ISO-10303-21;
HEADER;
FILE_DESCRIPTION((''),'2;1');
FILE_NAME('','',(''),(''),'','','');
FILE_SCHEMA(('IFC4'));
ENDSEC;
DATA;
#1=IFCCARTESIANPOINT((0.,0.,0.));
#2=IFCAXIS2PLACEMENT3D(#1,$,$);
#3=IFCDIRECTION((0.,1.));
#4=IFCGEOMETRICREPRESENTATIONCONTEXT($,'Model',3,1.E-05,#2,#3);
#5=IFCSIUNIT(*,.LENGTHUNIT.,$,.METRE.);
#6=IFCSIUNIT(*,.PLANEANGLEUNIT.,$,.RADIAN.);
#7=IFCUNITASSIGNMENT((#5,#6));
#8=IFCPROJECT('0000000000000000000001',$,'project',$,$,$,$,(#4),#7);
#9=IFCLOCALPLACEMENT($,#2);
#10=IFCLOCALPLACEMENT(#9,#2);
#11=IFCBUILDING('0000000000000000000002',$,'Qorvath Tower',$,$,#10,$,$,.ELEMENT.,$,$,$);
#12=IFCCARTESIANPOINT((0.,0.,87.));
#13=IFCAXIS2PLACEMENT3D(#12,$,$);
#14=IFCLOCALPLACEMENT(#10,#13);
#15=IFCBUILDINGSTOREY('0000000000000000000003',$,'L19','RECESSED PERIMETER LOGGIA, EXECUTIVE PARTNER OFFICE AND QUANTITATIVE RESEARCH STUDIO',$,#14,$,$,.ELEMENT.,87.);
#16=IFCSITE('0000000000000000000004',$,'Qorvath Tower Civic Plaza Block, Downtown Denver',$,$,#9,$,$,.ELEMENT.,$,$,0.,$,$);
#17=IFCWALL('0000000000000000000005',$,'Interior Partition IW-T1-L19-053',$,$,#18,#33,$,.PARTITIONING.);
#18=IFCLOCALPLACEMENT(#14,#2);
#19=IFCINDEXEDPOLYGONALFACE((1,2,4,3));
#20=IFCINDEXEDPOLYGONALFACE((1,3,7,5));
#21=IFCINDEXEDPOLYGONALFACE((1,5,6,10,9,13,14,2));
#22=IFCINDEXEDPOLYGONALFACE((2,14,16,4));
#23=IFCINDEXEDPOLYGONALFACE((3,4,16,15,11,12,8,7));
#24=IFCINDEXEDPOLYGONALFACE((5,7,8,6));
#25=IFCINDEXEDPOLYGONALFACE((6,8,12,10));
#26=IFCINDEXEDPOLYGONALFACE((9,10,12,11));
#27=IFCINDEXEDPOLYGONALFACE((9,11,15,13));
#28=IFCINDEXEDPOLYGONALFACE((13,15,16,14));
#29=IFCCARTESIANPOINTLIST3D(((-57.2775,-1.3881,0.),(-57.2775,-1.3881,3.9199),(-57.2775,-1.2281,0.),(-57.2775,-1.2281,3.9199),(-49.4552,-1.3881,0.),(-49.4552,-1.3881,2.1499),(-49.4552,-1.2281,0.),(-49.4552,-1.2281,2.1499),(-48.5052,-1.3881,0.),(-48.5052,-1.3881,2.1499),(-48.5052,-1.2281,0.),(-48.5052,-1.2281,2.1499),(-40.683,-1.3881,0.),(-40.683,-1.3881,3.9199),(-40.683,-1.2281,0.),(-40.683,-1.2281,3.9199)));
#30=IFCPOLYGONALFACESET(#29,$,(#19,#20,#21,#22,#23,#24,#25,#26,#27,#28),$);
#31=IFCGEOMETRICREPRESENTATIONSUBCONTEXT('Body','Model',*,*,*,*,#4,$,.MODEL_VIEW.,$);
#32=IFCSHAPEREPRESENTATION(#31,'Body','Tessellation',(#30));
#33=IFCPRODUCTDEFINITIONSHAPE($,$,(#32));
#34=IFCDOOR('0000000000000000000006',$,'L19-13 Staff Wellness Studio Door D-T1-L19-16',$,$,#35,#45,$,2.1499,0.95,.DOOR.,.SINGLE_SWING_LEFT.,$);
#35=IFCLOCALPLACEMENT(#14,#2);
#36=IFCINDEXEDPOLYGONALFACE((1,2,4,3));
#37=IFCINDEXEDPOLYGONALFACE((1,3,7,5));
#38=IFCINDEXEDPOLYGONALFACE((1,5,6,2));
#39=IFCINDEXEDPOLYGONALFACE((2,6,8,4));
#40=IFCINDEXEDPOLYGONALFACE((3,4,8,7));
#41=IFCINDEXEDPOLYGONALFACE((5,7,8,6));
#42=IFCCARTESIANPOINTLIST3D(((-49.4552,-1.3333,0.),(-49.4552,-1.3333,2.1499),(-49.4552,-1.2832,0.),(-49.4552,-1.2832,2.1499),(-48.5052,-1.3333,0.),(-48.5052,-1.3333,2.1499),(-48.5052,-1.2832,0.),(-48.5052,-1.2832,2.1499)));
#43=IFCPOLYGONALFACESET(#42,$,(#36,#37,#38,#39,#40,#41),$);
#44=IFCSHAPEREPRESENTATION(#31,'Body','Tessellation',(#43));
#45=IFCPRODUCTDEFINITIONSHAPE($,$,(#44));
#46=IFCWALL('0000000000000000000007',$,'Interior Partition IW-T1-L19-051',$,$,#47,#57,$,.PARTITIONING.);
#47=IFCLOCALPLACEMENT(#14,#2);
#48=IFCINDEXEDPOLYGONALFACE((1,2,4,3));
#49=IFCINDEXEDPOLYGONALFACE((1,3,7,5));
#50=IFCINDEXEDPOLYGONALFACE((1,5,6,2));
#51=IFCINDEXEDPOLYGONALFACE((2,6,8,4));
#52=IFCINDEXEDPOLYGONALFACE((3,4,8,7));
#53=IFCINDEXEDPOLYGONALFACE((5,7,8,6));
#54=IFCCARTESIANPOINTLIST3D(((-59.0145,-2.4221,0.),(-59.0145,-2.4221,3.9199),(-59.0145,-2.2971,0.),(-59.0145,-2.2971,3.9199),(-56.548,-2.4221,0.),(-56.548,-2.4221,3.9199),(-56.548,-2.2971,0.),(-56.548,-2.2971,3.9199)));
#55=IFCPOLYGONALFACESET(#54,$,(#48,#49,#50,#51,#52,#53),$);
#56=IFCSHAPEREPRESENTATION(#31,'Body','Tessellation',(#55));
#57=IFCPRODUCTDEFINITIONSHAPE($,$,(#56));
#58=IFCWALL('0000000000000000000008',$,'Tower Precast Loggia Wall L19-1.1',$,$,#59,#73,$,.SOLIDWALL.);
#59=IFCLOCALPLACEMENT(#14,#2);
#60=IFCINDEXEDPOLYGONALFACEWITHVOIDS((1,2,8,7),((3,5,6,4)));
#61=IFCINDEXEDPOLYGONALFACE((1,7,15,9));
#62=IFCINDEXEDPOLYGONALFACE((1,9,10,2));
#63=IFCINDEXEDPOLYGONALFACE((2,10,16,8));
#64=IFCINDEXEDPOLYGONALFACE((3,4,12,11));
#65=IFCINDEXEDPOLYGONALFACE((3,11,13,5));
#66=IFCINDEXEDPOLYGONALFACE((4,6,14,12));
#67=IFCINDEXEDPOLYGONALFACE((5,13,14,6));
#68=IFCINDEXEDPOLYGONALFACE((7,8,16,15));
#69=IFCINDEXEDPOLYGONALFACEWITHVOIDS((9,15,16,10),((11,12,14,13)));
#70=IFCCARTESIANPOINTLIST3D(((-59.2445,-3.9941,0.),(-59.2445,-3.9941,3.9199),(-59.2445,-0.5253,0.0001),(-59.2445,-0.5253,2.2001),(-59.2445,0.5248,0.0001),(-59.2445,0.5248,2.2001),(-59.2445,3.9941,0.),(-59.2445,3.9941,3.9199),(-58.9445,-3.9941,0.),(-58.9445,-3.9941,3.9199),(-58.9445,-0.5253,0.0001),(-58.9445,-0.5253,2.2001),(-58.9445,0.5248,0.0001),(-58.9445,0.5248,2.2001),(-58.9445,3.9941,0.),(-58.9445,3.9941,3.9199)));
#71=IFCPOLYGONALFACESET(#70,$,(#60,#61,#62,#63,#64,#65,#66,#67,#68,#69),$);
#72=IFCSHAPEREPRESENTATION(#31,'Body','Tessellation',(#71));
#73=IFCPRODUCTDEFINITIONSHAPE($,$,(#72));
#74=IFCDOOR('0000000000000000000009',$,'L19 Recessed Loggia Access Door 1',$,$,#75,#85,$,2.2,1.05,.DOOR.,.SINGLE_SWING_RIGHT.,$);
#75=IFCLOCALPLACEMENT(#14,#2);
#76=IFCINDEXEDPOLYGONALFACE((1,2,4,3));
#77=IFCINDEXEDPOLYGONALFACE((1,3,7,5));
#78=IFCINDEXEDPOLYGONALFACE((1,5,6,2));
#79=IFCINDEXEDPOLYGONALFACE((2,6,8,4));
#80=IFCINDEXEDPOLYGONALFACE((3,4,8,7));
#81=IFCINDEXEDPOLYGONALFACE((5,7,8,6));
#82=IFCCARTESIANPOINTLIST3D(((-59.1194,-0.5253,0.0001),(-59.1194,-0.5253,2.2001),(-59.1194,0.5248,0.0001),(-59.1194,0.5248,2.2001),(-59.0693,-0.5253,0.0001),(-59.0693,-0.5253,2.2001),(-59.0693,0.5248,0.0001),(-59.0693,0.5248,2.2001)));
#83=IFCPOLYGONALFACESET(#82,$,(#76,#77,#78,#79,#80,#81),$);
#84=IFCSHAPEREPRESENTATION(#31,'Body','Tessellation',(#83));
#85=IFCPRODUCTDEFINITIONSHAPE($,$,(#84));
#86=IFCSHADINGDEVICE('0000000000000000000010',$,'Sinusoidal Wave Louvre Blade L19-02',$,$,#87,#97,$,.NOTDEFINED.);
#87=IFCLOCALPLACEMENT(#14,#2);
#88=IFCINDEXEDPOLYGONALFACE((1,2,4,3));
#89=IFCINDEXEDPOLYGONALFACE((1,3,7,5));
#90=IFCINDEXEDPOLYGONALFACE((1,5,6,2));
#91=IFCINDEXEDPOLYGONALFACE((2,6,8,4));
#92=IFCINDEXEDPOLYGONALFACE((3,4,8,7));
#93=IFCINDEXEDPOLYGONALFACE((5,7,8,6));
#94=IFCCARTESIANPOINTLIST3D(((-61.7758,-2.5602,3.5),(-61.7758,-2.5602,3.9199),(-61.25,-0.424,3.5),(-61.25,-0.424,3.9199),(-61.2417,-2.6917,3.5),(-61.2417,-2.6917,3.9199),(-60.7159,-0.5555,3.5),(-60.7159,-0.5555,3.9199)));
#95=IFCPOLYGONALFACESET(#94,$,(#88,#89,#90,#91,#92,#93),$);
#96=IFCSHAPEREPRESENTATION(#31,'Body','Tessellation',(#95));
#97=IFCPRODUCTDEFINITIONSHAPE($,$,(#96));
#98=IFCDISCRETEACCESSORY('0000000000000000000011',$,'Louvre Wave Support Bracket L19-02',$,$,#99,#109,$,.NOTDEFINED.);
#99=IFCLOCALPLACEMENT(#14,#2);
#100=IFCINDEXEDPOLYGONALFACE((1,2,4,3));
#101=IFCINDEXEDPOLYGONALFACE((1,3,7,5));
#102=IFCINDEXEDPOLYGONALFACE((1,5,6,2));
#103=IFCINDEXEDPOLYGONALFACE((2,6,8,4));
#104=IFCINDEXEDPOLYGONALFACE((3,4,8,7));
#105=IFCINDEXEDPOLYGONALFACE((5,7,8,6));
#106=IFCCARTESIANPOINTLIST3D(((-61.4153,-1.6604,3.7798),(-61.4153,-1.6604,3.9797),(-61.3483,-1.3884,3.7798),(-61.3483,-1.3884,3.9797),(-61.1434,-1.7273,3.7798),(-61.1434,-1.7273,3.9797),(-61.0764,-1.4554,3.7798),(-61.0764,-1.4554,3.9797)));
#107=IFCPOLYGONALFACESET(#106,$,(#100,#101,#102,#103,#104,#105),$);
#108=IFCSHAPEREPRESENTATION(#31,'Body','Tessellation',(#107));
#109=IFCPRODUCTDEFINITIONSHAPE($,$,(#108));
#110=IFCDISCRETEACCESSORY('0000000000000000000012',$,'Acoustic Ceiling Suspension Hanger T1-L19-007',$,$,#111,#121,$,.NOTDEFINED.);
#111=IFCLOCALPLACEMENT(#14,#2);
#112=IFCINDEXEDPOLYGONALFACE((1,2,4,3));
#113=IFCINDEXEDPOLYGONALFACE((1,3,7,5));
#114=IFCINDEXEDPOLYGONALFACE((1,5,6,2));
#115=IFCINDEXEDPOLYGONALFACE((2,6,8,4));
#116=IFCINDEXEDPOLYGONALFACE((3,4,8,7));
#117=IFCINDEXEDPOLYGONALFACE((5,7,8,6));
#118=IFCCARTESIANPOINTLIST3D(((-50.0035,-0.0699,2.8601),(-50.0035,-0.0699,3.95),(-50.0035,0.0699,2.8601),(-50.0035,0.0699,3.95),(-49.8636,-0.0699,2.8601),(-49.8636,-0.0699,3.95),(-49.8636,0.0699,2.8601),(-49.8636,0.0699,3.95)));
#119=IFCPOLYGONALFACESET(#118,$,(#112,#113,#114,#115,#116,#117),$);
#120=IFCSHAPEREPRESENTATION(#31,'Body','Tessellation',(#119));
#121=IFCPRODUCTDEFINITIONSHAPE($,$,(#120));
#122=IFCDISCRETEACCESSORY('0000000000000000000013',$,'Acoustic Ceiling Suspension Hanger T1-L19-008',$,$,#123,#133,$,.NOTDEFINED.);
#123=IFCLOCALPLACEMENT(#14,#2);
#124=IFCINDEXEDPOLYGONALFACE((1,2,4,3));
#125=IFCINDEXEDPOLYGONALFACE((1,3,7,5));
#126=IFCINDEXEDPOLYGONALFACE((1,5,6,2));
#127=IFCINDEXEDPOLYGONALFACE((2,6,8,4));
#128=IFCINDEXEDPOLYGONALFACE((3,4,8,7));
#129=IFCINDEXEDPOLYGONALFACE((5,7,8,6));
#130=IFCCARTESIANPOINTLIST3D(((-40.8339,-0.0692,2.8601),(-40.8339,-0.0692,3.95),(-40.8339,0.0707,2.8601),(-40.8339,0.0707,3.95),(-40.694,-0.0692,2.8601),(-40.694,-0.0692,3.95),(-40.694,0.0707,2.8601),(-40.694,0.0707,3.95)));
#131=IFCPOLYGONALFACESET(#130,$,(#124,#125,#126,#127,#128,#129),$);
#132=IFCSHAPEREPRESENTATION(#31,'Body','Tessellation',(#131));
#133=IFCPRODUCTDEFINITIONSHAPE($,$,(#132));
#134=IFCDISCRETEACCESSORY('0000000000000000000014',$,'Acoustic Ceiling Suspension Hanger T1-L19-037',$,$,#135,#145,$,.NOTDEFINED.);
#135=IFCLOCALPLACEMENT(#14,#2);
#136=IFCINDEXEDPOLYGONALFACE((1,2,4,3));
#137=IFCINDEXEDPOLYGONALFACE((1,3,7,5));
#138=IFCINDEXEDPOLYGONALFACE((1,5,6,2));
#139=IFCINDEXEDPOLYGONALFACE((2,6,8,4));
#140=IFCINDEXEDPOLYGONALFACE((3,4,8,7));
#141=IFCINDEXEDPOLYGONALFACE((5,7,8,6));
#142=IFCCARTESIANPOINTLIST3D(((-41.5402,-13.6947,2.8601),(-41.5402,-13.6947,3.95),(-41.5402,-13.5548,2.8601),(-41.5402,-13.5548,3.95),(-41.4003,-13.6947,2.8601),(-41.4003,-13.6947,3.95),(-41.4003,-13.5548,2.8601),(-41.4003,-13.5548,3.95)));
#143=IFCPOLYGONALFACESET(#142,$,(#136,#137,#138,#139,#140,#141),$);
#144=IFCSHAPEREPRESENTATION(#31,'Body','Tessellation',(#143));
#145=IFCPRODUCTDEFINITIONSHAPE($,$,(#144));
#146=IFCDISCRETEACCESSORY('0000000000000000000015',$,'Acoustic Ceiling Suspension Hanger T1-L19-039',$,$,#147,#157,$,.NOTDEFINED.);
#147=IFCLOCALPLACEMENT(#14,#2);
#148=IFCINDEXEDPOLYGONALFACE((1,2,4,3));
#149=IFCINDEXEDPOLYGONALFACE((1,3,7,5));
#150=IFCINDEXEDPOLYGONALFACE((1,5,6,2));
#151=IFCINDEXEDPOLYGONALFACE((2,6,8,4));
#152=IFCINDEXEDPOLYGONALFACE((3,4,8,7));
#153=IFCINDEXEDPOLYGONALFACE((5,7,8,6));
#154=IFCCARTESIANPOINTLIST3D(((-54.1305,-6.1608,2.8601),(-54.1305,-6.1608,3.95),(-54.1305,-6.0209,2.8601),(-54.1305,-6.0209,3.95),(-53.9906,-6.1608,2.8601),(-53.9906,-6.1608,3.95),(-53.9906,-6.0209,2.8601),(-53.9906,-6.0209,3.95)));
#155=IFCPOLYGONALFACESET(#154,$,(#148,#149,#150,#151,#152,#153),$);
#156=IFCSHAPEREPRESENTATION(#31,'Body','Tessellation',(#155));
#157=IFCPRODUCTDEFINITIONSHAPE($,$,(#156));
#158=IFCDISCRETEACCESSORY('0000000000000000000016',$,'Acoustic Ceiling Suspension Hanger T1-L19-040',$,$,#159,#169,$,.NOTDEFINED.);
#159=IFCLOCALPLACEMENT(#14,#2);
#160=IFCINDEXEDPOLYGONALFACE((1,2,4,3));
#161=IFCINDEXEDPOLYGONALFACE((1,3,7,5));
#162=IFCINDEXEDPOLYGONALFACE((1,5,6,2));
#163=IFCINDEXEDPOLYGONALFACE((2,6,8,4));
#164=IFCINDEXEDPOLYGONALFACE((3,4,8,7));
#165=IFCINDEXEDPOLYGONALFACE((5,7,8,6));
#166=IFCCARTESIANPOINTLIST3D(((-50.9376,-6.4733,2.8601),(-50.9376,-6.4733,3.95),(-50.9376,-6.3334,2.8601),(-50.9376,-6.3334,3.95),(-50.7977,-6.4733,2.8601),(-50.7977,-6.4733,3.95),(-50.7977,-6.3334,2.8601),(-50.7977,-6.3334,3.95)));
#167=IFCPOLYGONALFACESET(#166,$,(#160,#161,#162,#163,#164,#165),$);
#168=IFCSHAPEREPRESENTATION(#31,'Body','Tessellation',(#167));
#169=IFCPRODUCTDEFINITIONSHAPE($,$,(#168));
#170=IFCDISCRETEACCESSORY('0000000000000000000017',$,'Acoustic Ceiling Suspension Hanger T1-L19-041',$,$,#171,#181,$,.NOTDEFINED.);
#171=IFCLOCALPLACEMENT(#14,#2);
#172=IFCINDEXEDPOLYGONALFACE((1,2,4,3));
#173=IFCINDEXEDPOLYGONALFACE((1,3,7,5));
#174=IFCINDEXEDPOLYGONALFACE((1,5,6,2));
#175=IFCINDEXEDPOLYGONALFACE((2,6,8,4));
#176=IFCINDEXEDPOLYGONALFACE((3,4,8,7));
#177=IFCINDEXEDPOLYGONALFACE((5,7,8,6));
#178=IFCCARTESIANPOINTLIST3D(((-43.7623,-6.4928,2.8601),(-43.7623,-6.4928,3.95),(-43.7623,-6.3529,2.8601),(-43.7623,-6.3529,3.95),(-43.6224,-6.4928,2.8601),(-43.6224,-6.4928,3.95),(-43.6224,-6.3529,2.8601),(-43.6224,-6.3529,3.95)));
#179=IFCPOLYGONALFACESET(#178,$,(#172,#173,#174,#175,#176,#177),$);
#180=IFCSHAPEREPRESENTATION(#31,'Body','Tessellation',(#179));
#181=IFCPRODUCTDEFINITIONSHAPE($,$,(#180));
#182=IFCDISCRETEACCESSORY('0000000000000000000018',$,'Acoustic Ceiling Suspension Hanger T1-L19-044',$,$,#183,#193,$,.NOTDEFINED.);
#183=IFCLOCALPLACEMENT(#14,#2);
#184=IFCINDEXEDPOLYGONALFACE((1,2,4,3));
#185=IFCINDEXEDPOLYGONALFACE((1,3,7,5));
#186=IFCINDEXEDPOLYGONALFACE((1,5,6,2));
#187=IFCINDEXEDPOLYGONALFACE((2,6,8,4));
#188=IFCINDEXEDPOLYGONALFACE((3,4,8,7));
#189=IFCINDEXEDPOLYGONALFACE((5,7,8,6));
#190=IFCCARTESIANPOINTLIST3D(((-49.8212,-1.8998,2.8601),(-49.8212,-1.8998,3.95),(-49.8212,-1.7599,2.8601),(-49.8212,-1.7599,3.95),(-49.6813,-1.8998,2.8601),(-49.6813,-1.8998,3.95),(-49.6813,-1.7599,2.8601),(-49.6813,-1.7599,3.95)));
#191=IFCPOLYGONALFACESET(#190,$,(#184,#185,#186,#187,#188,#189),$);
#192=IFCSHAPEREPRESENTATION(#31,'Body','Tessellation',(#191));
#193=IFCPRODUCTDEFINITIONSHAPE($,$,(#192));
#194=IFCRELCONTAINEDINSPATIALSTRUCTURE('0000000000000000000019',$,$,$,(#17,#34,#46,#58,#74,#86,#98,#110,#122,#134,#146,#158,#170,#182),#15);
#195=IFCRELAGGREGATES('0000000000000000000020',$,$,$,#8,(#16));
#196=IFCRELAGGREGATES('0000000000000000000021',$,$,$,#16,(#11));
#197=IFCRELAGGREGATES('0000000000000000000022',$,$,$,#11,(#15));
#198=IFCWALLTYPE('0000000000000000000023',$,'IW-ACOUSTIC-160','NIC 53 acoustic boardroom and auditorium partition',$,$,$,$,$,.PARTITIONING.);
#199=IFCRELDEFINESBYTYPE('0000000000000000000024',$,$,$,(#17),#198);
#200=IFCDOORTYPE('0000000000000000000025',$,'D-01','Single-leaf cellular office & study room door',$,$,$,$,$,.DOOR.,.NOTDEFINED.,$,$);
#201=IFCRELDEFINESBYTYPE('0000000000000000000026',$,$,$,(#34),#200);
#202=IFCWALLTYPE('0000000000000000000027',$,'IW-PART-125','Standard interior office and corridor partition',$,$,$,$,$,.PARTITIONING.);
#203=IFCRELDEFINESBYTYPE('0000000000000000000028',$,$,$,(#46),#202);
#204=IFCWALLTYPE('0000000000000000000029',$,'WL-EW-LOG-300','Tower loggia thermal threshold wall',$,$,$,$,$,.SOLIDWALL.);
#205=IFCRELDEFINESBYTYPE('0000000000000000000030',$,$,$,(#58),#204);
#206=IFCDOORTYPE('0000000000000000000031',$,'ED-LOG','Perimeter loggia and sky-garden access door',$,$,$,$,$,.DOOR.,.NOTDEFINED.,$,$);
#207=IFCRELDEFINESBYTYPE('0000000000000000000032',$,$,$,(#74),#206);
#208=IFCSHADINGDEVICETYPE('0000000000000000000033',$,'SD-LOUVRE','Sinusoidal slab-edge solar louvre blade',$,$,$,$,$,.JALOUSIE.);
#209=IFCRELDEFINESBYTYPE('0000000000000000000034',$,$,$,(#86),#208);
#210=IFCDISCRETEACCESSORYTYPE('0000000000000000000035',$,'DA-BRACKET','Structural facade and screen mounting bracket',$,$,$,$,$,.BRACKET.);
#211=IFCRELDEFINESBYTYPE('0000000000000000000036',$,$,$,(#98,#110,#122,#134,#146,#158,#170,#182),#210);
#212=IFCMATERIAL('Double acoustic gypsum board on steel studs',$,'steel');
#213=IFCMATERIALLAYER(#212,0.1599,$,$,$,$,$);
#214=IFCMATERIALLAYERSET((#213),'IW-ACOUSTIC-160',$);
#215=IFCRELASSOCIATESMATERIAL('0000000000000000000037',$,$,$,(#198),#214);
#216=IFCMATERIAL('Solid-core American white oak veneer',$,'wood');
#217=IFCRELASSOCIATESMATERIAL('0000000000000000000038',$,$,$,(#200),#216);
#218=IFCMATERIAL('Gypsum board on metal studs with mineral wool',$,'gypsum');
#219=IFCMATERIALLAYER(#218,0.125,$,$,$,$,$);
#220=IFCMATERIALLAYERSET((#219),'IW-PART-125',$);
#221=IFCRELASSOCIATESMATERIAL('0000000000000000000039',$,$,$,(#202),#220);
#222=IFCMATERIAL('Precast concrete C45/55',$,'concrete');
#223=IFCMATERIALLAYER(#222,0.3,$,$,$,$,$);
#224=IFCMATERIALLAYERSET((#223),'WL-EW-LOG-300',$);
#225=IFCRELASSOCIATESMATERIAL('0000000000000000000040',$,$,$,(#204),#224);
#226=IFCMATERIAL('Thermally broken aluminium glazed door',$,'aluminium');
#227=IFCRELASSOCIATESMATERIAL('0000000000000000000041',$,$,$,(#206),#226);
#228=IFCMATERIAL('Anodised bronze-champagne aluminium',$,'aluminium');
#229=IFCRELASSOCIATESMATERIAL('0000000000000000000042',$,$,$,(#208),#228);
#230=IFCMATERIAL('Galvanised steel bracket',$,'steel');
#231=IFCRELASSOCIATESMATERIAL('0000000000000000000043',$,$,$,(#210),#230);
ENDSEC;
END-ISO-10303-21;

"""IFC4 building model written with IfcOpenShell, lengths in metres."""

from ifc_helpers import new_model, si_unit, direction, frame, frame_2d, origin, origin_2d, place, context, subcontext, project, spatial, rectangle, extrude, material, layer, layer_set, type_object, element, fill, save


model = new_model("IFC4")

# Units and contexts
model_context = context("Model", 3, precision=1e-05, world=origin(), true_north=direction((0.0, 1.0)))
body_context = subcontext(model_context, "Body", "Model", "MODEL_VIEW")
ifc_project = project(units=[si_unit("LENGTHUNIT", "METRE"), si_unit("PLANEANGLEUNIT", "RADIAN")], contexts=[model_context])

# Site, building, storey
site_placement = place(None, origin())
site = spatial("IfcSite", under=ifc_project, at=site_placement, Name="Qorvath Tower Civic Plaza Block, Downtown Denver", CompositionType="ELEMENT", RefElevation=0.0)
building_placement = place(site_placement, origin())
building = spatial("IfcBuilding", under=site, at=building_placement, Name="Qorvath Tower", CompositionType="ELEMENT")
storey_placement = place(building_placement, frame((0.0, 0.0, 87.0)))
storey = spatial("IfcBuildingStorey", under=building, at=storey_placement, Name="L19", Description="RECESSED PERIMETER LOGGIA, EXECUTIVE PARTNER OFFICE AND QUANTITATIVE RESEARCH STUDIO", CompositionType="ELEMENT", Elevation=87.0)

# Wall, opening, door
ifc_material_1 = material(Name="Double acoustic gypsum board on steel studs", Category="steel")
ifc_layer_1 = layer(ifc_material_1, 0.1599)
ifc_layer_set_1 = layer_set([ifc_layer_1], Name="IW-ACOUSTIC-160")
wall_type_1 = type_object("IfcWallType", Name="IW-ACOUSTIC-160", Description="NIC 53 acoustic boardroom and auditorium partition", PredefinedType="PARTITIONING", material=ifc_layer_set_1)
wall_1_placement = place(storey_placement, frame((-57.2776, -1.3081, 0.0), z_axis=(0.0, 0.0, 1.0), x_axis=(1.0, 0.0, 0.0)))
wall_1 = element("IfcWall", 1, at=wall_1_placement, inside=storey, type_object=wall_type_1, Name="Interior Partition IW-T1-L19-053", PredefinedType="PARTITIONING", context=body_context, shape_type="SweptSolid", body=[
    extrude(rectangle(XDim=16.5945, YDim=0.1599, at=frame_2d((8.2974, 0.0))), origin(), (0.0, 0.0, 1.0), 3.9199),
])
opening_1_placement = place(wall_1_placement, frame((7.8223, 0.0, 0.0)))
opening_1 = element("IfcOpeningElement", 2, at=opening_1_placement, cuts=wall_1, PredefinedType="OPENING", context=body_context, shape_type="SweptSolid", body=[
    extrude(rectangle(XDim=0.95, YDim=2.1499, at=frame_2d((0.4751, 1.075))), frame((0.0, 0.0898, 0.0), z_axis=(0.0, -1.0, 0.0), x_axis=(1.0, 0.0, 0.0)), (0.0, 0.0, 1.0), 0.1799),
])
ifc_material_2 = material(Name="Solid-core American white oak veneer", Category="wood")
door_type_1 = type_object("IfcDoorType", Name="D-01", Description="Single-leaf cellular office & study room door", OperationType="NOTDEFINED", PredefinedType="DOOR", material=ifc_material_2)
door_1_placement = place(opening_1_placement, origin())
door_1 = element("IfcDoor", 3, at=door_1_placement, inside=storey, type_object=door_type_1, Name="L19-13 Staff Wellness Studio Door D-T1-L19-16", OperationType="SINGLE_SWING_LEFT", OverallHeight=2.1499, OverallWidth=0.95, PredefinedType="DOOR", context=body_context, shape_type="SweptSolid", body=[
    extrude(rectangle(XDim=0.95, YDim=2.1499, at=frame_2d((0.4751, 1.075))), frame((0.0, 0.0249, 0.0), z_axis=(0.0, -1.0, 0.0), x_axis=(1.0, 0.0, 0.0)), (0.0, 0.0, 1.0), 0.05),
])
fill(opening_1, door_1)

# Wall
ifc_material_3 = material(Name="Gypsum board on metal studs with mineral wool", Category="gypsum")
ifc_layer_2 = layer(ifc_material_3, 0.125)
ifc_layer_set_2 = layer_set([ifc_layer_2], Name="IW-PART-125")
wall_type_2 = type_object("IfcWallType", Name="IW-PART-125", Description="Standard interior office and corridor partition", PredefinedType="PARTITIONING", material=ifc_layer_set_2)
wall_2_placement = place(storey_placement, frame((-56.5479, -2.3596, 0.0), z_axis=(0.0, 0.0, 1.0), x_axis=(-1.0, 0.0, 0.0)))
element("IfcWall", 4, at=wall_2_placement, inside=storey, type_object=wall_type_2, Name="Interior Partition IW-T1-L19-051", PredefinedType="PARTITIONING", context=body_context, shape_type="SweptSolid", body=[
    extrude(rectangle(XDim=2.4666, YDim=0.125, at=frame_2d((1.2334, 0.0))), origin(), (0.0, 0.0, 1.0), 3.9199),
])

# Wall, opening, door
ifc_material_4 = material(Name="Precast concrete C45/55", Category="concrete")
ifc_layer_3 = layer(ifc_material_4, 0.3)
ifc_layer_set_3 = layer_set([ifc_layer_3], Name="WL-EW-LOG-300")
wall_type_3 = type_object("IfcWallType", Name="WL-EW-LOG-300", Description="Tower loggia thermal threshold wall", PredefinedType="SOLIDWALL", material=ifc_layer_set_3)
wall_3_placement = place(storey_placement, frame((-59.0945, -3.9941, 0.0), z_axis=(0.0, 0.0, 1.0), x_axis=(0.0, 1.0, 0.0)))
wall_3 = element("IfcWall", 5, at=wall_3_placement, inside=storey, type_object=wall_type_3, Name="Tower Precast Loggia Wall L19-1.1", PredefinedType="SOLIDWALL", context=body_context, shape_type="SweptSolid", body=[
    extrude(rectangle(XDim=7.9883, YDim=0.3, at=frame_2d((3.9941, 0.0))), origin(), (0.0, 0.0, 1.0), 3.9199),
])
opening_2_placement = place(wall_3_placement, frame((3.469, 0.0, 0.0)))
opening_2 = element("IfcOpeningElement", 6, at=opening_2_placement, cuts=wall_3, PredefinedType="OPENING", context=body_context, shape_type="SweptSolid", body=[
    extrude(rectangle(XDim=1.05, YDim=2.2, at=frame_2d((0.5249, 1.1001))), frame((0.0, 0.1602, 0.0), z_axis=(0.0, -1.0, 0.0), x_axis=(1.0, 0.0, 0.0)), (0.0, 0.0, 1.0), 0.3201),
])
ifc_material_5 = material(Name="Thermally broken aluminium glazed door", Category="aluminium")
door_type_2 = type_object("IfcDoorType", Name="ED-LOG", Description="Perimeter loggia and sky-garden access door", OperationType="NOTDEFINED", PredefinedType="DOOR", material=ifc_material_5)
door_2_placement = place(opening_2_placement, origin())
door_2 = element("IfcDoor", 7, at=door_2_placement, inside=storey, type_object=door_type_2, Name="L19 Recessed Loggia Access Door 1", OperationType="SINGLE_SWING_RIGHT", OverallHeight=2.2, OverallWidth=1.05, PredefinedType="DOOR", context=body_context, shape_type="SweptSolid", body=[
    extrude(rectangle(XDim=1.05, YDim=2.2, at=frame_2d((0.5249, 1.1001))), frame((0.0, 0.0249, 0.0), z_axis=(0.0, -1.0, 0.0), x_axis=(1.0, 0.0, 0.0)), (0.0, 0.0, 1.0), 0.05),
])
fill(opening_2, door_2)

# Shading device
ifc_material_6 = material(Name="Anodised bronze-champagne aluminium", Category="aluminium")
shading_device_type = type_object("IfcShadingDeviceType", Name="SD-LOUVRE", Description="Sinusoidal slab-edge solar louvre blade", PredefinedType="JALOUSIE", material=ifc_material_6)
shading_device_placement = place(storey_placement, frame((-61.2458, -1.5579, 3.5), z_axis=(0.0, 0.0, 1.0), x_axis=(-0.238978, -0.971025, 0.0)))
element("IfcShadingDevice", 8, at=shading_device_placement, inside=storey, type_object=shading_device_type, Name="Sinusoidal Wave Louvre Blade L19-02", PredefinedType="NOTDEFINED", context=body_context, shape_type="SweptSolid", body=[
    extrude(rectangle(XDim=2.2, YDim=0.55, at=origin_2d()), origin(), (0.0, 0.0, 1.0), 0.4199),
])

# Discrete accessories
ifc_material_7 = material(Name="Galvanised steel bracket", Category="steel")
discrete_accessory_type = type_object("IfcDiscreteAccessoryType", Name="DA-BRACKET", Description="Structural facade and screen mounting bracket", PredefinedType="BRACKET", material=ifc_material_7)
discrete_accessory_placement = place(storey_placement, frame((-61.2458, -1.5579, 3.7798), z_axis=(0.0, 0.0, 1.0), x_axis=(-0.238978, -0.971025, 0.0)))
element("IfcDiscreteAccessory", 9, at=discrete_accessory_placement, inside=storey, type_object=discrete_accessory_type, Name="Louvre Wave Support Bracket L19-02", PredefinedType="NOTDEFINED", context=body_context, shape_type="SweptSolid", body=[
    extrude(rectangle(XDim=0.28, YDim=0.28, at=origin_2d()), origin(), (0.0, 0.0, 1.0), 0.2),
])
for number, where, z_axis, x_axis, name in (
    (10, (-49.9336, 0.0, 2.8601), (0.0, 0.0, 1.0), (1.0, 0.0, 0.0), "Acoustic Ceiling Suspension Hanger T1-L19-007"),
    (11, (-40.7639, 0.0007, 2.8601), (0.0, 0.0, 1.0), (1.0, 0.0, 0.0), "Acoustic Ceiling Suspension Hanger T1-L19-008"),
    (12, (-41.4702, -13.6248, 2.8601), (0.0, 0.0, 1.0), (1.0, 0.0, 0.0), "Acoustic Ceiling Suspension Hanger T1-L19-037"),
    (13, (-54.0605, -6.0908, 2.8601), (0.0, 0.0, 1.0), (1.0, 0.0, 0.0), "Acoustic Ceiling Suspension Hanger T1-L19-039"),
    (14, (-50.8677, -6.4033, 2.8601), (0.0, 0.0, 1.0), (1.0, 0.0, 0.0), "Acoustic Ceiling Suspension Hanger T1-L19-040"),
    (15, (-43.6924, -6.4229, 2.8601), (0.0, 0.0, 1.0), (1.0, 0.0, 0.0), "Acoustic Ceiling Suspension Hanger T1-L19-041"),
    (16, (-49.7512, -1.8298, 2.8601), (0.0, 0.0, 1.0), (1.0, 0.0, 0.0), "Acoustic Ceiling Suspension Hanger T1-L19-044"),
):
    element("IfcDiscreteAccessory", number, at=place(storey_placement, frame(where, z_axis=z_axis, x_axis=x_axis)), inside=storey, type_object=discrete_accessory_type, Name=name, PredefinedType="NOTDEFINED", context=body_context, shape_type="SweptSolid", body=[
        extrude(rectangle(XDim=0.1399, YDim=0.1399, at=origin_2d()), origin(), (0.0, 0.0, 1.0), 1.0898),
    ])

save(model, "model.ifc")
